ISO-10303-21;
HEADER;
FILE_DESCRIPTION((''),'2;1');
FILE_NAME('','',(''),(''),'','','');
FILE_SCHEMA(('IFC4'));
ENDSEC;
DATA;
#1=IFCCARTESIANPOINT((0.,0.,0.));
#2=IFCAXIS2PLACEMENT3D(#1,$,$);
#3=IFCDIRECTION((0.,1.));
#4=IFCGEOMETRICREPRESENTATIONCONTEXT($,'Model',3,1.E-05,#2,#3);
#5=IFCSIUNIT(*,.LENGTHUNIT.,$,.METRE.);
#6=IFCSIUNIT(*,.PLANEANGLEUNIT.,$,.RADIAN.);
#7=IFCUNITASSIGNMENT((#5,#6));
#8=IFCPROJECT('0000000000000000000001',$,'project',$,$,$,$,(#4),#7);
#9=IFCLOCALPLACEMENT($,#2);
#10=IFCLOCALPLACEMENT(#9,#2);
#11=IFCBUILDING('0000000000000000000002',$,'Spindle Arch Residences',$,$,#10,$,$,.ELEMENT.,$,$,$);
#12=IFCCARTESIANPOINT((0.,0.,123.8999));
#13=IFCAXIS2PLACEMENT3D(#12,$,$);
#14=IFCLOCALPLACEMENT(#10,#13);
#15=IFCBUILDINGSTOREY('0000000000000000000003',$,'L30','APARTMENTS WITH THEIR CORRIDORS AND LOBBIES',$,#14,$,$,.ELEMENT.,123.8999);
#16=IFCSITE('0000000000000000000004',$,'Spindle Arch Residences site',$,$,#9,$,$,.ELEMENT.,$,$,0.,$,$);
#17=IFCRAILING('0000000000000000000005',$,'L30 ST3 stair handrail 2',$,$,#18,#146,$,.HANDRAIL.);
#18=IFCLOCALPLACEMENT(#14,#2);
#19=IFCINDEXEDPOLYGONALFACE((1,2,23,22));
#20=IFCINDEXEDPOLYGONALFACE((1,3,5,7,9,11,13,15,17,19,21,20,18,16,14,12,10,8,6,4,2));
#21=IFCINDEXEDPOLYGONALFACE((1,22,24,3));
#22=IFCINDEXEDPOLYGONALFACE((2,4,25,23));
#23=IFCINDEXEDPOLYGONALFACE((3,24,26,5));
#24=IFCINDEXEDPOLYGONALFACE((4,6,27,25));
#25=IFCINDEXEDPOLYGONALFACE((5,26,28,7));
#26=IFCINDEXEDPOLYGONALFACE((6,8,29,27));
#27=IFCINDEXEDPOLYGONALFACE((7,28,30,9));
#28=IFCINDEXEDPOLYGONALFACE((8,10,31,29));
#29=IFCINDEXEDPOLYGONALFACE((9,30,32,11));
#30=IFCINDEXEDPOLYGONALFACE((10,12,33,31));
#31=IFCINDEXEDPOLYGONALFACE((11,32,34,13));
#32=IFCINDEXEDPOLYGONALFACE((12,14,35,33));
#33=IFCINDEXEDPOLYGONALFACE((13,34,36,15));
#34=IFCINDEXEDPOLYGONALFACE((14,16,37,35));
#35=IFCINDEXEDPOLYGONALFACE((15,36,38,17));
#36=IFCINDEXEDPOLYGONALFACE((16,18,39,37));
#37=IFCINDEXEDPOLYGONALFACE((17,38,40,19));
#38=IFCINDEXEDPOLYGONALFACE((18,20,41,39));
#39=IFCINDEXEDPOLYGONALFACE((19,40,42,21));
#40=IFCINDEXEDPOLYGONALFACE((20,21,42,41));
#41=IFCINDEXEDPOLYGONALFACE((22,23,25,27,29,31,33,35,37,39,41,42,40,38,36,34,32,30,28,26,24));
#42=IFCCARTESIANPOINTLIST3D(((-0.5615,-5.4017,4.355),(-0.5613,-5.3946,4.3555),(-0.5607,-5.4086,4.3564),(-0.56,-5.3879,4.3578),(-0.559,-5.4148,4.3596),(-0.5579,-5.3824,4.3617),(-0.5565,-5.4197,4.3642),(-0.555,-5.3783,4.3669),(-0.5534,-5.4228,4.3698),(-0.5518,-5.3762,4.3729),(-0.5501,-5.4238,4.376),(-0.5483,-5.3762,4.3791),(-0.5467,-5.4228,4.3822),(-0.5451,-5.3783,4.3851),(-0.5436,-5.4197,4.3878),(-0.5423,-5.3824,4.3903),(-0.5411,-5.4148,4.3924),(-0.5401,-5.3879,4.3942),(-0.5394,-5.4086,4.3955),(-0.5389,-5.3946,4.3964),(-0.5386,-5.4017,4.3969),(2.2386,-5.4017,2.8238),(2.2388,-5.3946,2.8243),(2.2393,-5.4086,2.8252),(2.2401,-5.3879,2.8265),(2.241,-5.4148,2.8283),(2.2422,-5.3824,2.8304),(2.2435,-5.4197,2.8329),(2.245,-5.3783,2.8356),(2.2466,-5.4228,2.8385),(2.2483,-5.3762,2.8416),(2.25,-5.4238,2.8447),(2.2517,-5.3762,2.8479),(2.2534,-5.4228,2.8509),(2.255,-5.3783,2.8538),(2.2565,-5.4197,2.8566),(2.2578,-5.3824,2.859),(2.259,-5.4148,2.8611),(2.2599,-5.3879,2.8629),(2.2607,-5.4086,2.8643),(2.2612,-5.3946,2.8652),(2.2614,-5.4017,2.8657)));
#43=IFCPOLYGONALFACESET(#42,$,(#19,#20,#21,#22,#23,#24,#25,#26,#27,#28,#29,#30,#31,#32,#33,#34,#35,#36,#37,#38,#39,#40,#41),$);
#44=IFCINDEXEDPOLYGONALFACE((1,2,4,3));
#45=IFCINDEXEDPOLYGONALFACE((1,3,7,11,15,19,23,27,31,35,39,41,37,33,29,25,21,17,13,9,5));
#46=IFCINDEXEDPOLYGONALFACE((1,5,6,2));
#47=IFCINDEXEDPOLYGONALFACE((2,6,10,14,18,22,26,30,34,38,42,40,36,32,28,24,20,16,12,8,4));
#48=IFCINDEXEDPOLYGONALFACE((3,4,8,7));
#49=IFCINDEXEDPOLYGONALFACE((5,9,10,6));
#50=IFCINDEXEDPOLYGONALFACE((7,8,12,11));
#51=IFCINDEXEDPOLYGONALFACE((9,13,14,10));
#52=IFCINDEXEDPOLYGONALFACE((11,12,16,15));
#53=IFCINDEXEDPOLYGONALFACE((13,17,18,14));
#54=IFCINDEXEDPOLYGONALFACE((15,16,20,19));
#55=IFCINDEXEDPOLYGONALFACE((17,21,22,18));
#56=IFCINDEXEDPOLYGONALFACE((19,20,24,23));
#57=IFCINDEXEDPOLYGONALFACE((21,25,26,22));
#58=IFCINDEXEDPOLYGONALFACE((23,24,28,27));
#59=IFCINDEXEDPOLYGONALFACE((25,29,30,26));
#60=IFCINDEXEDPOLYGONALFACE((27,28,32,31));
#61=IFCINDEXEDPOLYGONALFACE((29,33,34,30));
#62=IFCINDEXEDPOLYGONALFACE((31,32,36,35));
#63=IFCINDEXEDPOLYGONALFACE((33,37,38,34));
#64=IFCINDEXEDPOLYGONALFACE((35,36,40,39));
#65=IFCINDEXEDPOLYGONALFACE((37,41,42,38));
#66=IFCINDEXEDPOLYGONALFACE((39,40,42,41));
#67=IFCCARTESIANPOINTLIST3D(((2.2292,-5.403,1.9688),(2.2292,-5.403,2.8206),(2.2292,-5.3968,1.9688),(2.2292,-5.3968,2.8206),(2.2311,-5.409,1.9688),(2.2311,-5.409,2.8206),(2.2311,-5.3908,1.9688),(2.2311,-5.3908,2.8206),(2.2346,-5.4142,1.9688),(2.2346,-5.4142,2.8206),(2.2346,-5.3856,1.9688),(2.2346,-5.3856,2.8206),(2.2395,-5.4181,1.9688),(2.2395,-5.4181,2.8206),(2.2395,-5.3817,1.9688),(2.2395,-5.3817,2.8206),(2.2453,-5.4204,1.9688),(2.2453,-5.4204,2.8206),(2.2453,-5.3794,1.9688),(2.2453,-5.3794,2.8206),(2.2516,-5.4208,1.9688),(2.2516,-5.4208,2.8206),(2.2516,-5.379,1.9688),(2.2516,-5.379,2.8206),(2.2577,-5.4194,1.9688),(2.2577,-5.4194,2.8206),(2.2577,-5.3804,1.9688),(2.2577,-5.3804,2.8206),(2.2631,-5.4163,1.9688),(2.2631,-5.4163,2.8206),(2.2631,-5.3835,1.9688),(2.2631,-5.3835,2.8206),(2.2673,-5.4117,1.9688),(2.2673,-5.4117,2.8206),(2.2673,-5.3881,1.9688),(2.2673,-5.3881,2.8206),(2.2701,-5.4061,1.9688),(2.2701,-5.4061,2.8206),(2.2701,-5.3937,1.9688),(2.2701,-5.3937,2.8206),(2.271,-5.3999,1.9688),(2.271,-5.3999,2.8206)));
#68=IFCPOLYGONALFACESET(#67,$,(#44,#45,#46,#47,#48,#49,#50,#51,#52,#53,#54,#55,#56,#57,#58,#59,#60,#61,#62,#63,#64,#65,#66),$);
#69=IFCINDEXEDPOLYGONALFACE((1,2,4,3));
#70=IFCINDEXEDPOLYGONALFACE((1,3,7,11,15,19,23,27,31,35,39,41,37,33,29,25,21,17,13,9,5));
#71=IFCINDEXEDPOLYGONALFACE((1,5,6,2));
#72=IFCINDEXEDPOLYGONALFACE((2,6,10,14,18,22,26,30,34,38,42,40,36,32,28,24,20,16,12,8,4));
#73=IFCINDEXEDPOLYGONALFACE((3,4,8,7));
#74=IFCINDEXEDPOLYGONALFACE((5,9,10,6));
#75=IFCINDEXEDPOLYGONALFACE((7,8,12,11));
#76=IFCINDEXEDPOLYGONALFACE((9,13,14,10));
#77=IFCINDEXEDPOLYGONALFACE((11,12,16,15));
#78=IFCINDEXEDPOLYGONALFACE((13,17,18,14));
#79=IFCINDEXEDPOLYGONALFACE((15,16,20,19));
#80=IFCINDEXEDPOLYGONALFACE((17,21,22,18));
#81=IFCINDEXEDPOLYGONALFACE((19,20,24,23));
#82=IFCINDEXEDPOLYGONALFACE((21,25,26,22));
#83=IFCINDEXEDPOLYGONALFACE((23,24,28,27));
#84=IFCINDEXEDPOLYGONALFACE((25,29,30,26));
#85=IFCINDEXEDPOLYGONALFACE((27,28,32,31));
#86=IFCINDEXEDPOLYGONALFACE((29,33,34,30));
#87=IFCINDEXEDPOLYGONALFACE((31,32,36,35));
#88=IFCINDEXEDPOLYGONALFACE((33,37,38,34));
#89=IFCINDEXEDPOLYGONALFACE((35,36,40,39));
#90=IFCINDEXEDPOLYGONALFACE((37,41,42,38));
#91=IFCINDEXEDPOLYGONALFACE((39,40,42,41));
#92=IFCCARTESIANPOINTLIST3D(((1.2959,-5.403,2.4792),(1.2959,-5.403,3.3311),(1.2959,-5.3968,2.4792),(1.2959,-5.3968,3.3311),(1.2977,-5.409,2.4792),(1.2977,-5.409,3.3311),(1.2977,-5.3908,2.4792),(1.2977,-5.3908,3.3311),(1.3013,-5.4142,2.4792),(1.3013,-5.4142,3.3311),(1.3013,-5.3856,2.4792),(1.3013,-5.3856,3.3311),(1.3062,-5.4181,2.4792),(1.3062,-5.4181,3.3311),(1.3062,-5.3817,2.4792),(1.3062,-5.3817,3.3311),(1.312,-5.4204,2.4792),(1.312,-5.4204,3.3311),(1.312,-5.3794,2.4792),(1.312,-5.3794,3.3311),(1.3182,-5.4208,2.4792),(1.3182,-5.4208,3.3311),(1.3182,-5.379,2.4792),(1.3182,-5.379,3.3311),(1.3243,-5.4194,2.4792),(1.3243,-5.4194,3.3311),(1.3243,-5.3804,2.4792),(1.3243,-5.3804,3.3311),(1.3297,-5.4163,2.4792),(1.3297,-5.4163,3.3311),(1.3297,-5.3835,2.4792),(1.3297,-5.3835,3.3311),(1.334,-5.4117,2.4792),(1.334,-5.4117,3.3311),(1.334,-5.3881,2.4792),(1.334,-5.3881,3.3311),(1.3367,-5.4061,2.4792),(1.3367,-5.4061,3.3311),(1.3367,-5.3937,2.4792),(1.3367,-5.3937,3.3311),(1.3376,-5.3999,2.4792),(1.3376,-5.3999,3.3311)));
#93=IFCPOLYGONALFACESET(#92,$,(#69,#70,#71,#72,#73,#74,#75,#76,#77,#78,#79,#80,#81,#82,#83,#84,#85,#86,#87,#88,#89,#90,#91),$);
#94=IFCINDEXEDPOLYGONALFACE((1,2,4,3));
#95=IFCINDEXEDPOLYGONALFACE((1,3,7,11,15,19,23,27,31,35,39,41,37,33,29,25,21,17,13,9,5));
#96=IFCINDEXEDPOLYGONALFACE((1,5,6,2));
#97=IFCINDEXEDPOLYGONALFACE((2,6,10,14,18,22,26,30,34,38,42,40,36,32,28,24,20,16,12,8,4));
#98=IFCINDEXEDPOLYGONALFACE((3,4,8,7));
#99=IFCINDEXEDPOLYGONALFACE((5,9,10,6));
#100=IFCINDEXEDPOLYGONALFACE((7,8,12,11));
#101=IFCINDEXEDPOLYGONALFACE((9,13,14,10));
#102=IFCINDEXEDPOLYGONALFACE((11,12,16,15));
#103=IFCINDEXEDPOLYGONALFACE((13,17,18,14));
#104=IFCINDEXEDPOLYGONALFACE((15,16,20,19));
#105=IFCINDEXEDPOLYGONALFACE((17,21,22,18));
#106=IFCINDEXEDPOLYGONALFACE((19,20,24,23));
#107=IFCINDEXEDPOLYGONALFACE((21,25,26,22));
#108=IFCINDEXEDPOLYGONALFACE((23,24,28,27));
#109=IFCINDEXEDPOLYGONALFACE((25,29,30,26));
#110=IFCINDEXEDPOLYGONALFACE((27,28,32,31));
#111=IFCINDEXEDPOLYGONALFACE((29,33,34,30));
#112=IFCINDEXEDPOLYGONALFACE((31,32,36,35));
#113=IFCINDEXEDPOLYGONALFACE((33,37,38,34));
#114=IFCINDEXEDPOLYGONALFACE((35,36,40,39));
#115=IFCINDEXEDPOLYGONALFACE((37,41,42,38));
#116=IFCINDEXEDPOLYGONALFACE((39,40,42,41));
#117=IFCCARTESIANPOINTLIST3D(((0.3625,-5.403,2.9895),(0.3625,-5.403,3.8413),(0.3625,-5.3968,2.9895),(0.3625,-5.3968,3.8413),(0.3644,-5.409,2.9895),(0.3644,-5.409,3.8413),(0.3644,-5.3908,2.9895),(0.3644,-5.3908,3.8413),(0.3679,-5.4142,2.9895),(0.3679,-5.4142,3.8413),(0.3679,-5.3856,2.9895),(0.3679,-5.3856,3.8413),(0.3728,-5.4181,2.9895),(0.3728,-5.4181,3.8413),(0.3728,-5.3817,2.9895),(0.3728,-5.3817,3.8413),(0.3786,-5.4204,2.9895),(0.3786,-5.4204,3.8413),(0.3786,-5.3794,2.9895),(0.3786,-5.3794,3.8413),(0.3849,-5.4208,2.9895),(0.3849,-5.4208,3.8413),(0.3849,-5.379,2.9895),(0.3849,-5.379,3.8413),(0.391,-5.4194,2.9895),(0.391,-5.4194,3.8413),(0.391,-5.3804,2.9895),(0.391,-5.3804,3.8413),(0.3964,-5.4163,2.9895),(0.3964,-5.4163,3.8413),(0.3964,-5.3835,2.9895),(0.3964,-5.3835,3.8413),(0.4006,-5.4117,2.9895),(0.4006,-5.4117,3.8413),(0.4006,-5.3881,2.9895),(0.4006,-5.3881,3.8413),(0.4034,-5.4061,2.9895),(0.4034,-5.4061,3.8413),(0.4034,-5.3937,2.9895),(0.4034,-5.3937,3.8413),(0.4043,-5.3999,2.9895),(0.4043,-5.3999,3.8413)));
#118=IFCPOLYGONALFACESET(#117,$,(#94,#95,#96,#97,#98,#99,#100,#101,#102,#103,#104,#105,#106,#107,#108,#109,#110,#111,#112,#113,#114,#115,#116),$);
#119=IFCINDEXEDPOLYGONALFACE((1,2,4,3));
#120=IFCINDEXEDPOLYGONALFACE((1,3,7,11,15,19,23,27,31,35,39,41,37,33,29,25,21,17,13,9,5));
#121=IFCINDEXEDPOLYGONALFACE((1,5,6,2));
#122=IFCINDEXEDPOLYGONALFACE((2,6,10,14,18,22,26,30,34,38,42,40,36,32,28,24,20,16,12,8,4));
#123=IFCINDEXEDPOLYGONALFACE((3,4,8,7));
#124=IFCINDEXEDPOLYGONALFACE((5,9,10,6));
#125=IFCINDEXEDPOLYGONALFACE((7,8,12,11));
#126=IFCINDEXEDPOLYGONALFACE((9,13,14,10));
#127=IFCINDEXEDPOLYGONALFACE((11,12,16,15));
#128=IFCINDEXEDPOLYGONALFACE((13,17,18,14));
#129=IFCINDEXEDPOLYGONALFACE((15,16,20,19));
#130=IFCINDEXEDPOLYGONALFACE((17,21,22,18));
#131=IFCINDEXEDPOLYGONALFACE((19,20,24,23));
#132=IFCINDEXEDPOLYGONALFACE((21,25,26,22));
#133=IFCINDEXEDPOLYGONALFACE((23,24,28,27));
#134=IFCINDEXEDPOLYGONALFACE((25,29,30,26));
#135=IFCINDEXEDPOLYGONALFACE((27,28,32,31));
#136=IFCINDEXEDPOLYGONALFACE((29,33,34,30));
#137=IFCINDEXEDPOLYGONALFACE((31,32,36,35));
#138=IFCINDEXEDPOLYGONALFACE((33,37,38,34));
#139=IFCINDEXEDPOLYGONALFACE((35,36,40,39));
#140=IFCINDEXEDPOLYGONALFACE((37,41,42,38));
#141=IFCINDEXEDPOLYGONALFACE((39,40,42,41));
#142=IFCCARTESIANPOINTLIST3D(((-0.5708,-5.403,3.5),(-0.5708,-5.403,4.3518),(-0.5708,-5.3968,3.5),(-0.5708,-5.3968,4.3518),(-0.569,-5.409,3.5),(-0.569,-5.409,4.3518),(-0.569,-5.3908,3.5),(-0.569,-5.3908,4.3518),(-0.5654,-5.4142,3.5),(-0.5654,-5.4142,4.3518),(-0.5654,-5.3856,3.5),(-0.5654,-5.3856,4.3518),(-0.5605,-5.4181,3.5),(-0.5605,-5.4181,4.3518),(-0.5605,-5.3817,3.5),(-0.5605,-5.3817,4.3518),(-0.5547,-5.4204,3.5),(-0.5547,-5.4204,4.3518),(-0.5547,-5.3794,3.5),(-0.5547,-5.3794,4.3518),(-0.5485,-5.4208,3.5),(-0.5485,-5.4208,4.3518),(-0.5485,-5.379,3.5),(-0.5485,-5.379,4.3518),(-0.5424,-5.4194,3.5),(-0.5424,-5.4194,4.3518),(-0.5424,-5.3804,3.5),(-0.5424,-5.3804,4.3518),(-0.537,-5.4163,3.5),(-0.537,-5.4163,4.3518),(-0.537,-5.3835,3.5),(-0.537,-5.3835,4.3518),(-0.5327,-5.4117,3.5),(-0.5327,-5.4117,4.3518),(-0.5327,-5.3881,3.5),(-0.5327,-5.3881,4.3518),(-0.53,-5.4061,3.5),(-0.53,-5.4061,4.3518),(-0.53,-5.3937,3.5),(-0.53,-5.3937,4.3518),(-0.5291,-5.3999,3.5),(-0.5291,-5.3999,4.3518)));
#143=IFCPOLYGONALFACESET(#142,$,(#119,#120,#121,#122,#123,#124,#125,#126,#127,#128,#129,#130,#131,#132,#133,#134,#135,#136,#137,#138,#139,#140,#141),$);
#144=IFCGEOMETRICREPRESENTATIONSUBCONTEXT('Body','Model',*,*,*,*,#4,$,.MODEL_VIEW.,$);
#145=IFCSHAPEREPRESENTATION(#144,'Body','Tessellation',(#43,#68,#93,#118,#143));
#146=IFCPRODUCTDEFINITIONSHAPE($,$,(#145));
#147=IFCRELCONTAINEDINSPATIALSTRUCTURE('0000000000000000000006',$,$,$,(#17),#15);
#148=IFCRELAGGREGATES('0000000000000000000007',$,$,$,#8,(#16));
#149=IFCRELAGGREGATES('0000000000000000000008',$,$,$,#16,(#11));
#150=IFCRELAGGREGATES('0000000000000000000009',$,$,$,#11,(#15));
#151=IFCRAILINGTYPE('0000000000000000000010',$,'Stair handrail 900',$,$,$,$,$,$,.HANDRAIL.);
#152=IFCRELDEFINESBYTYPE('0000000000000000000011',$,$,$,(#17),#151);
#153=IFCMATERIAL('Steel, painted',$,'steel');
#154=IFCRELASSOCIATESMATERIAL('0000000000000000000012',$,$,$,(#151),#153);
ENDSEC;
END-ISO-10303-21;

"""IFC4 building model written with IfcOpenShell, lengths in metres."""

from ifc_helpers import new_model, si_unit, direction, frame, origin, origin_2d, place, context, subcontext, project, spatial, circle, extrude, material, type_object, element, save


model = new_model("IFC4")

# Units and contexts
model_context = context("Model", 3, precision=1e-05, world=origin(), true_north=direction((0.0, 1.0)))
body_context = subcontext(model_context, "Body", "Model", "MODEL_VIEW")
ifc_project = project(units=[si_unit("LENGTHUNIT", "METRE"), si_unit("PLANEANGLEUNIT", "RADIAN")], contexts=[model_context])

# Site, building, storey
site_placement = place(None, origin())
site = spatial("IfcSite", under=ifc_project, at=site_placement, Name="Spindle Arch Residences site", CompositionType="ELEMENT", RefElevation=0.0)
building_placement = place(site_placement, origin())
building = spatial("IfcBuilding", under=site, at=building_placement, Name="Spindle Arch Residences", CompositionType="ELEMENT")
storey_placement = place(building_placement, frame((0.0, 0.0, 123.8999)))
storey = spatial("IfcBuildingStorey", under=building, at=storey_placement, Name="L30", Description="APARTMENTS WITH THEIR CORRIDORS AND LOBBIES", CompositionType="ELEMENT", Elevation=123.8999)

# Railing
ifc_material_1 = material(Name="Steel, painted", Category="steel")
railing_type = type_object("IfcRailingType", Name="Stair handrail 900", PredefinedType="HANDRAIL", material=ifc_material_1)
railing_placement = place(storey_placement, frame((2.25, -5.3999, 1.9688)))
element("IfcRailing", 1, at=railing_placement, inside=storey, type_object=railing_type, Name="L30 ST3 stair handrail 2", PredefinedType="HANDRAIL", context=body_context, shape_type="SweptSolid", body=[
    extrude(circle(Radius=0.0239, at=origin_2d()), frame((0.0, 0.0, 0.876), z_axis=(-0.877375, 0.0, 0.479806), x_axis=(0.0, -1.0, 0.0)), (0.0, 0.0, 1.0), 3.1914),
    extrude(circle(Radius=0.021, at=origin_2d()), origin(), (0.0, 0.0, 1.0), 0.8518),
    extrude(circle(Radius=0.021, at=origin_2d()), frame((-0.9333, 0.0, 0.5105)), (0.0, 0.0, 1.0), 0.8518),
    extrude(circle(Radius=0.021, at=origin_2d()), frame((-1.8667, 0.0, 1.0208)), (0.0, 0.0, 1.0), 0.8518),
    extrude(circle(Radius=0.021, at=origin_2d()), frame((-2.8, 0.0, 1.5312)), (0.0, 0.0, 1.0), 0.8518),
])

save(model, "model.ifc")
